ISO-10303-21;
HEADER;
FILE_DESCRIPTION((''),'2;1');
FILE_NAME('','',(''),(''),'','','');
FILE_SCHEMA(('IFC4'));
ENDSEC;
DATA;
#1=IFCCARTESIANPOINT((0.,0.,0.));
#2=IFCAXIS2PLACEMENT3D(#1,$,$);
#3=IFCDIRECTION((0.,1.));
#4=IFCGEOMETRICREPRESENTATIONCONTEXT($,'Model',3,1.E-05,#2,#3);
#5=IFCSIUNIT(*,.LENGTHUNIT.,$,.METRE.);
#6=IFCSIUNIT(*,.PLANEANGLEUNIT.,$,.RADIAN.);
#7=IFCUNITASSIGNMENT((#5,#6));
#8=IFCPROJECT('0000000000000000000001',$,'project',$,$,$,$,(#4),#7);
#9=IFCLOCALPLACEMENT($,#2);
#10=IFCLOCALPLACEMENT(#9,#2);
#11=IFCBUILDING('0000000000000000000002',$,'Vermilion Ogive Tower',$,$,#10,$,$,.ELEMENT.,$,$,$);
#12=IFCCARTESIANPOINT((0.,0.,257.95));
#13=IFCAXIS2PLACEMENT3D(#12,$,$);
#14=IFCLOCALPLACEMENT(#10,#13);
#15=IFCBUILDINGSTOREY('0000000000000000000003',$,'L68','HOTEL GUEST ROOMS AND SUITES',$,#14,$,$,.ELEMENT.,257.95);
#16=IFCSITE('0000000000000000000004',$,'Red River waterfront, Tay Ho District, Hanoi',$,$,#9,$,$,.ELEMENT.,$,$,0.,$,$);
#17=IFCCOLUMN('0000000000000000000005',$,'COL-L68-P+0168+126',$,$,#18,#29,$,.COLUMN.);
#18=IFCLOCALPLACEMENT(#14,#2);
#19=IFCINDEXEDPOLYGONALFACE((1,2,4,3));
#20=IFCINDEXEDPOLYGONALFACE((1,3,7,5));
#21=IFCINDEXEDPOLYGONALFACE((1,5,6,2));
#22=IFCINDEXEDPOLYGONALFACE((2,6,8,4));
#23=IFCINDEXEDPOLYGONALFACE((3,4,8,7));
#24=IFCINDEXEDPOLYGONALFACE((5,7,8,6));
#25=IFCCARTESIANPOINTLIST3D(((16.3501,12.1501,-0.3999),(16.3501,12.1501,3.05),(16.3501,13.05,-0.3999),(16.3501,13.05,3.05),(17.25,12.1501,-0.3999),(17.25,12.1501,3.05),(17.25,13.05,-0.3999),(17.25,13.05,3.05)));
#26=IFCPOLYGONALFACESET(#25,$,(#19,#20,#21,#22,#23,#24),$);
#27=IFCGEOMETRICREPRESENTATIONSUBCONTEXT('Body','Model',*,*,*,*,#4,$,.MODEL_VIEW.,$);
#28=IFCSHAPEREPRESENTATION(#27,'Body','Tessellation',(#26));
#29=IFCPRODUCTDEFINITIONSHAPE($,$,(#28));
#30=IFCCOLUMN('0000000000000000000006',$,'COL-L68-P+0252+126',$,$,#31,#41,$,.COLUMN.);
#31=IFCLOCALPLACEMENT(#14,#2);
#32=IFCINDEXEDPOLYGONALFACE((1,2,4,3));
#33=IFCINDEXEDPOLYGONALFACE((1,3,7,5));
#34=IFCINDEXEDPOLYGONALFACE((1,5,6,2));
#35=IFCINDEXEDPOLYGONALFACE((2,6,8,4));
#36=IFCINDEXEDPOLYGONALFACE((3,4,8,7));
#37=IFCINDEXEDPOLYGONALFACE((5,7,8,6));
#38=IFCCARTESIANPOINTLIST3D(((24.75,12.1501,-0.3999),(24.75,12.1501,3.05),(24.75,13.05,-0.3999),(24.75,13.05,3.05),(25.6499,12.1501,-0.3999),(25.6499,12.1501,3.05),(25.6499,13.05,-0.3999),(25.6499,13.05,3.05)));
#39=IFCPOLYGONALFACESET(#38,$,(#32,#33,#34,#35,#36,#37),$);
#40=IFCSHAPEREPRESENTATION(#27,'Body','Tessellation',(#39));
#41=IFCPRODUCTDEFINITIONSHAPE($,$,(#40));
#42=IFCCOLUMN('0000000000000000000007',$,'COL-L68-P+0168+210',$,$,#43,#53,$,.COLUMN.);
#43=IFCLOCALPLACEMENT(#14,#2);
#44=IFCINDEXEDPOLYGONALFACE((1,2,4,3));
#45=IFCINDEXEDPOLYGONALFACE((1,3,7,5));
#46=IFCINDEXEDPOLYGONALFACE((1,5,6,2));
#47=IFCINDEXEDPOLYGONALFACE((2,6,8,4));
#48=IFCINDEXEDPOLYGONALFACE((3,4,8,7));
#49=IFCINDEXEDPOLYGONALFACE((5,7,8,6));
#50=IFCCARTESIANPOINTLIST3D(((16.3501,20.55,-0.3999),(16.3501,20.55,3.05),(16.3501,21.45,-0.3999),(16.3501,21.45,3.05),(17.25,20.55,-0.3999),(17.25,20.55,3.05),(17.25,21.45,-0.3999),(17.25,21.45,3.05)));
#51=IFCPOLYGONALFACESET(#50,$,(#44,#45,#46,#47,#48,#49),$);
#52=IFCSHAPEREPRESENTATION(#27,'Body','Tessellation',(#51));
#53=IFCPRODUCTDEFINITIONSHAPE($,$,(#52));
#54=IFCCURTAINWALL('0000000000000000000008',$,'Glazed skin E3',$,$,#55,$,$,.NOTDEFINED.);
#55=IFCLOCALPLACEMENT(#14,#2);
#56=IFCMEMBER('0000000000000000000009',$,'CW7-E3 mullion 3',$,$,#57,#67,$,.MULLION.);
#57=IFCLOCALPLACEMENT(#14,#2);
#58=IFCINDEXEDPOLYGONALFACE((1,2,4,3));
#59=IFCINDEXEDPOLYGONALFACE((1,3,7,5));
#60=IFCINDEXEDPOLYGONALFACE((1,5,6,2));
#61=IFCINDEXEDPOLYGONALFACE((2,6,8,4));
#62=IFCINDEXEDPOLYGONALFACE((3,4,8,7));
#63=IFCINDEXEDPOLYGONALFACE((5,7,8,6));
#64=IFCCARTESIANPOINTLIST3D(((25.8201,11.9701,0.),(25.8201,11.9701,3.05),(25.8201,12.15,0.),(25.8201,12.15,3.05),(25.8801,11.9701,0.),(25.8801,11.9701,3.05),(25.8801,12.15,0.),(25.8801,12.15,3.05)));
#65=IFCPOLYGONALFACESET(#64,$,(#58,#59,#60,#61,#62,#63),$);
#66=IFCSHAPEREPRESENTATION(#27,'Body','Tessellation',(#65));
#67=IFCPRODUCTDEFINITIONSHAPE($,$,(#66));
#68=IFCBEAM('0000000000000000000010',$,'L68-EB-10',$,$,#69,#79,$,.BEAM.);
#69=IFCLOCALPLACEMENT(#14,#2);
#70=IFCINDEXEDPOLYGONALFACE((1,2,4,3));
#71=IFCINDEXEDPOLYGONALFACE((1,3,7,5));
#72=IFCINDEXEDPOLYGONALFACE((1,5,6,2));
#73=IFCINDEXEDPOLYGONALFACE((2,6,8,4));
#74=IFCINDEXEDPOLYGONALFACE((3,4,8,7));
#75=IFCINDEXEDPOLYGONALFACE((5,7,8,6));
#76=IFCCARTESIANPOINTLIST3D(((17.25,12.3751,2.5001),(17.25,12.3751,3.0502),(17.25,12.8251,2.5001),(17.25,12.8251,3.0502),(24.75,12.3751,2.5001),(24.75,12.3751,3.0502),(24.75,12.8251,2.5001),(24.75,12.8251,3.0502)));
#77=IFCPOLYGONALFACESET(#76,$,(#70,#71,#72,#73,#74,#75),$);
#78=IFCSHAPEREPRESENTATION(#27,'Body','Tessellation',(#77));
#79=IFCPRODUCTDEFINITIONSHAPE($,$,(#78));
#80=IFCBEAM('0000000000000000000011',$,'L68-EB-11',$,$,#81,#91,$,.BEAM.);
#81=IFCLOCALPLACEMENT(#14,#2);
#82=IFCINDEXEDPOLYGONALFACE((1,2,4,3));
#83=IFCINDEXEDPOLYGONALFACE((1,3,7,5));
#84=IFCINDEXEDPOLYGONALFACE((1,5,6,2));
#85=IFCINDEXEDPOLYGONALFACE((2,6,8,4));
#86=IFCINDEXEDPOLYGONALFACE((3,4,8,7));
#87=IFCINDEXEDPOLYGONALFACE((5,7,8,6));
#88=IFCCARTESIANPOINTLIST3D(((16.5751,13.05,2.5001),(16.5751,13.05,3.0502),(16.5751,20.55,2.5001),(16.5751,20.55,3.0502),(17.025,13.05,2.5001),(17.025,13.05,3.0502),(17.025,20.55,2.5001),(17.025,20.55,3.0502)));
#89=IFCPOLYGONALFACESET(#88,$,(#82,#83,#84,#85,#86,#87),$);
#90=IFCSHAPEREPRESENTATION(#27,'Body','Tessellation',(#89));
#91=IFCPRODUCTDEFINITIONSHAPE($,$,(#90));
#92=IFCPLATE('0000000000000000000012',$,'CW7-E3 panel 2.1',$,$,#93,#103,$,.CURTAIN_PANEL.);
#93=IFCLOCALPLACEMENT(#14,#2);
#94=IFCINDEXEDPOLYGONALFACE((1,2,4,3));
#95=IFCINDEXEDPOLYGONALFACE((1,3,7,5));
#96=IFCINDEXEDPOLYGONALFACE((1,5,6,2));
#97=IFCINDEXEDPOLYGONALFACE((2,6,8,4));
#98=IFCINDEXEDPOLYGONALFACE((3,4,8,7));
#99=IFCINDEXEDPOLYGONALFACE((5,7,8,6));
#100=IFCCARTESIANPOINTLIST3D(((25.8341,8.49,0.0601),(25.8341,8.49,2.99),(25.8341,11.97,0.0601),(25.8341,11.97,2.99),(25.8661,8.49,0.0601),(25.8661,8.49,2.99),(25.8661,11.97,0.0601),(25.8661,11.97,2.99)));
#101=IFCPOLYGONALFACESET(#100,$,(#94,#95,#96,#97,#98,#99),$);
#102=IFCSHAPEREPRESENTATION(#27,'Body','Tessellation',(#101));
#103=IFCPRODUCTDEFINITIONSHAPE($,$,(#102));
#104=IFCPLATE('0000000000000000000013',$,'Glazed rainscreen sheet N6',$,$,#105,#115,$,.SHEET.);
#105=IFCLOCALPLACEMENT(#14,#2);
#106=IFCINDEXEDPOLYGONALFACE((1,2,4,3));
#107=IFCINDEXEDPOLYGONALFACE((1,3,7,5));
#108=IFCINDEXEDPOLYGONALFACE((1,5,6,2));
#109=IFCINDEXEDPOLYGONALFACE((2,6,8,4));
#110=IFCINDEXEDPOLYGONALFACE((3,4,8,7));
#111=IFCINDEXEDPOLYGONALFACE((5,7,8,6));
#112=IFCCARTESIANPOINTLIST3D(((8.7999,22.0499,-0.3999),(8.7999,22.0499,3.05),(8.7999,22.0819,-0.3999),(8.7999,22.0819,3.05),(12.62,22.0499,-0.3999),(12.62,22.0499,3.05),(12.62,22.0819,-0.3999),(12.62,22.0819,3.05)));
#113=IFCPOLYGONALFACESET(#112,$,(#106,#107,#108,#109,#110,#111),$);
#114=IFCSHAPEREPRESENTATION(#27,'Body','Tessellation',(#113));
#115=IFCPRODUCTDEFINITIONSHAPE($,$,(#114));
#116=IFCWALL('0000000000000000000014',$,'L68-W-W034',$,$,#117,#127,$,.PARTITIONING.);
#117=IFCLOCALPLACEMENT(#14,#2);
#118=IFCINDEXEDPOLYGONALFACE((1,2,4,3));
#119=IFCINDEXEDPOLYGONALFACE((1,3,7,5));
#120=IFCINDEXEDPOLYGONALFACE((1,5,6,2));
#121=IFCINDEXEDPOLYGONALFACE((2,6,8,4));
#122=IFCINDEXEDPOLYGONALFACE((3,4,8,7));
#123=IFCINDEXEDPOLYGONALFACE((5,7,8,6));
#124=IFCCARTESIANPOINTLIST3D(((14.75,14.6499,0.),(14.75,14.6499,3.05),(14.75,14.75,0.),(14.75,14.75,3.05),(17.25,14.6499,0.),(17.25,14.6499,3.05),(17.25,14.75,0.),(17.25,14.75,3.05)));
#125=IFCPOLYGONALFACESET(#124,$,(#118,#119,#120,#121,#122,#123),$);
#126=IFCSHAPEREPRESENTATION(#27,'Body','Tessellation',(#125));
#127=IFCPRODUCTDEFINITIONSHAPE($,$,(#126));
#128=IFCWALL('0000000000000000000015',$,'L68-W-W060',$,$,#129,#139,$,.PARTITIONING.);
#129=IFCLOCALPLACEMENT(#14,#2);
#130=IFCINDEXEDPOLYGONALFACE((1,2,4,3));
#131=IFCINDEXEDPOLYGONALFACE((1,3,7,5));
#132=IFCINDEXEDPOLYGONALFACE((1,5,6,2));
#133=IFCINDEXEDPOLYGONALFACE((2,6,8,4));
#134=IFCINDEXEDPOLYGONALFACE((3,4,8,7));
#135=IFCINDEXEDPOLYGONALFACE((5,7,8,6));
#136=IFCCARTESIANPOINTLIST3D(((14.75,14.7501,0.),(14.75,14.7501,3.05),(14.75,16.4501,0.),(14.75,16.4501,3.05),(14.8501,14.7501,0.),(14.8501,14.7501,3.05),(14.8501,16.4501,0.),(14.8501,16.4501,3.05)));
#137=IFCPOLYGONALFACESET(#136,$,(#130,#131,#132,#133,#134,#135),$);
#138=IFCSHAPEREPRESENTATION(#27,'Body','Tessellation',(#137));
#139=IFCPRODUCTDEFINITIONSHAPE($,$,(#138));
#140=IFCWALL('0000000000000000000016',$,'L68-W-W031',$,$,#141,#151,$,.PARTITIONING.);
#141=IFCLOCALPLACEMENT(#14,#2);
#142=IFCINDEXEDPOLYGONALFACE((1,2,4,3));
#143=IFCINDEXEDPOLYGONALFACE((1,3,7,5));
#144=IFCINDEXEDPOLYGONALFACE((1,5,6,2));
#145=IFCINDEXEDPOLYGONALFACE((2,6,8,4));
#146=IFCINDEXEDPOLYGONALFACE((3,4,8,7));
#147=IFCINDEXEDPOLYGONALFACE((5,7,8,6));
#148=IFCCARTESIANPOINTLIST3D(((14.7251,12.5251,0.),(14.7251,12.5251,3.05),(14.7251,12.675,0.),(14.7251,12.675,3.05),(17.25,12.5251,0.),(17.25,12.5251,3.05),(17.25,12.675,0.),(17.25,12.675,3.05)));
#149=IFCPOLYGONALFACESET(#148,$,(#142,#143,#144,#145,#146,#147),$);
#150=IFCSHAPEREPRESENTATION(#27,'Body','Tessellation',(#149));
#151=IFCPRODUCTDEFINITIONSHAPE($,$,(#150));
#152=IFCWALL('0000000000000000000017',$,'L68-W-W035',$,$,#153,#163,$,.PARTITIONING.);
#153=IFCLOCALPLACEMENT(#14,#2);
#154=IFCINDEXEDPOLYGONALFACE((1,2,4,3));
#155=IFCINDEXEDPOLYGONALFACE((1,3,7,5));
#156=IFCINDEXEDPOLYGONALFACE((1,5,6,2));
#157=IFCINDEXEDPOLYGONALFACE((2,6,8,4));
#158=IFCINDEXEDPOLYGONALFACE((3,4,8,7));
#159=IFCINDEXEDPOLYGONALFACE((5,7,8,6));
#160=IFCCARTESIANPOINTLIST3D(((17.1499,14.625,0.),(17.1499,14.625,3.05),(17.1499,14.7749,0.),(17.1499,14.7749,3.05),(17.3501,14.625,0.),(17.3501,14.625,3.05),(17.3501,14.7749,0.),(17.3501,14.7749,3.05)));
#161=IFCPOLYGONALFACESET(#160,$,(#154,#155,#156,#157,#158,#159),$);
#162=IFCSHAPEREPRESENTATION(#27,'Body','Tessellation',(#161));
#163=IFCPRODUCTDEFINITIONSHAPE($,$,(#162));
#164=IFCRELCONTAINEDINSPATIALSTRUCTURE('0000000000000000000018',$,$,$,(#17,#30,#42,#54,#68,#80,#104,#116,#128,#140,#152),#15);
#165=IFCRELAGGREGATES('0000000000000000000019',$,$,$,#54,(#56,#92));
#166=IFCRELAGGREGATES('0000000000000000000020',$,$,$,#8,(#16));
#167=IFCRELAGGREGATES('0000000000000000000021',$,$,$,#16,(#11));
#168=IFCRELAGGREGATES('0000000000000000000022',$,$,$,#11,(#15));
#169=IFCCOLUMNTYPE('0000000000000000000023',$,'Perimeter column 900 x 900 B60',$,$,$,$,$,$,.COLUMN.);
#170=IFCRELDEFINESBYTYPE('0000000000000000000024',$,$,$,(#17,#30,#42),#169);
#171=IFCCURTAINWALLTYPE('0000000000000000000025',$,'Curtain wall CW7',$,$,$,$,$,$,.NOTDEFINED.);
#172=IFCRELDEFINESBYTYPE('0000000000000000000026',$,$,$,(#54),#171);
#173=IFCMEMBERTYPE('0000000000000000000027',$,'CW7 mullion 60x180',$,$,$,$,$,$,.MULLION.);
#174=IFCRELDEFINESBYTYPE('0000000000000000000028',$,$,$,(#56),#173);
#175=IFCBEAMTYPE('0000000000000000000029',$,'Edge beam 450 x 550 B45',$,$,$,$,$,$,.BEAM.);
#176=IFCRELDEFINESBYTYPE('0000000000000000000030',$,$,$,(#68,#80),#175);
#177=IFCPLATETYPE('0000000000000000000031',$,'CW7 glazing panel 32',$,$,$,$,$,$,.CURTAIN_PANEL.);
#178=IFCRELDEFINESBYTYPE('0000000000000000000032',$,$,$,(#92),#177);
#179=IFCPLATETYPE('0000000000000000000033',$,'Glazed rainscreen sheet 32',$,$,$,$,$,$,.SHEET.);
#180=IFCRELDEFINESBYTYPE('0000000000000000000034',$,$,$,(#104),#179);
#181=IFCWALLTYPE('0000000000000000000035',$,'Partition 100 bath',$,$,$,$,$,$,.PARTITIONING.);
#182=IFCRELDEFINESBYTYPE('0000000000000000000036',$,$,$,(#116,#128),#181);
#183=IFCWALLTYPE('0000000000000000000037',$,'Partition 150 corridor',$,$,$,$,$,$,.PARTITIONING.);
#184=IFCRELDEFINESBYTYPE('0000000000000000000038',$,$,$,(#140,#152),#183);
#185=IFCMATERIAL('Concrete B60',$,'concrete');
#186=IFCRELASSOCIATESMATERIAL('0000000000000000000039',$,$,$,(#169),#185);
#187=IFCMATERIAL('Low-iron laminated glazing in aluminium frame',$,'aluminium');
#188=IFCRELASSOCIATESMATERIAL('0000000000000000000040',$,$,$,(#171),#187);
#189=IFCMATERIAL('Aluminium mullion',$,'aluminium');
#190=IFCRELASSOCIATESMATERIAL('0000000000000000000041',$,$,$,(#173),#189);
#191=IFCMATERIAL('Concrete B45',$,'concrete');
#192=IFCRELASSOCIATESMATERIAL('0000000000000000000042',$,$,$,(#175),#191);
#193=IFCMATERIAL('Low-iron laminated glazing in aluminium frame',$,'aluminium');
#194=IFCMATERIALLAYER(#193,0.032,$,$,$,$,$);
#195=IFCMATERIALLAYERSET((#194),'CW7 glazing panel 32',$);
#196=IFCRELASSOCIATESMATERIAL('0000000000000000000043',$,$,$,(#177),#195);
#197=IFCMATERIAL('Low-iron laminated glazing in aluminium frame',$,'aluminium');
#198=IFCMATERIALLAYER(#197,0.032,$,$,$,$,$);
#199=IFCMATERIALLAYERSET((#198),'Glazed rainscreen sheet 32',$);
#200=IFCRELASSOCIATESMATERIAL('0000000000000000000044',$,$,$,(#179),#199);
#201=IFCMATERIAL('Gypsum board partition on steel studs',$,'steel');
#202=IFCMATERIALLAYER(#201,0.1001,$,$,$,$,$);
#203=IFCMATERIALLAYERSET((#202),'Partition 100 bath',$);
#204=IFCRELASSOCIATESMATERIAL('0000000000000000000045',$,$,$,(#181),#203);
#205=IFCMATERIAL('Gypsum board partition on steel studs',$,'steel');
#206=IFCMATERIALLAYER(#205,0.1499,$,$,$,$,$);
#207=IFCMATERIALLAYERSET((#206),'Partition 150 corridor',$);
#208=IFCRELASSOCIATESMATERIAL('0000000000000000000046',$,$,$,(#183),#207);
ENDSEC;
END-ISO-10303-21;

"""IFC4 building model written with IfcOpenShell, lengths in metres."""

from ifc_helpers import new_model, si_unit, direction, frame, frame_2d, origin, origin_2d, place, context, subcontext, project, spatial, rectangle, extrude, material, layer, layer_set, material_profile, profile_set, type_object, element, aggregate, save


model = new_model("IFC4")

# Units and contexts
model_context = context("Model", 3, precision=1e-05, world=origin(), true_north=direction((0.0, 1.0)))
body_context = subcontext(model_context, "Body", "Model", "MODEL_VIEW")
ifc_project = project(units=[si_unit("LENGTHUNIT", "METRE"), si_unit("PLANEANGLEUNIT", "RADIAN")], contexts=[model_context])

# Site, building, storey
site_placement = place(None, origin())
site = spatial("IfcSite", under=ifc_project, at=site_placement, Name="Red River waterfront, Tay Ho District, Hanoi", CompositionType="ELEMENT", RefElevation=0.0)
building_placement = place(site_placement, origin())
building = spatial("IfcBuilding", under=site, at=building_placement, Name="Vermilion Ogive Tower", CompositionType="ELEMENT")
storey_placement = place(building_placement, frame((0.0, 0.0, 257.95)))
storey = spatial("IfcBuildingStorey", under=building, at=storey_placement, Name="L68", Description="HOTEL GUEST ROOMS AND SUITES", CompositionType="ELEMENT", Elevation=257.95)

# Columns
ifc_material_1 = material(Name="Concrete B60", Category="concrete")
ifc_material_profile_1 = material_profile(ifc_material_1, rectangle(XDim=0.8999, YDim=0.8999, at=origin_2d()), Name="900 x 900")
ifc_profile_set_1 = profile_set([ifc_material_profile_1], Name="Concrete B60")
column_type = type_object("IfcColumnType", Name="Perimeter column 900 x 900 B60", PredefinedType="COLUMN", material=ifc_profile_set_1)
for number, where, z_axis, x_axis, name in (
    (1, (16.8, 12.6001, -0.3999), (0.0, 0.0, 1.0), (1.0, 0.0, 0.0), "COL-L68-P+0168+126"),
    (2, (25.2, 12.6001, -0.3999), (0.0, 0.0, 1.0), (1.0, 0.0, 0.0), "COL-L68-P+0252+126"),
    (3, (16.8, 21.0, -0.3999), (0.0, 0.0, 1.0), (1.0, 0.0, 0.0), "COL-L68-P+0168+210"),
):
    element("IfcColumn", number, at=place(storey_placement, frame(where, z_axis=z_axis, x_axis=x_axis)), inside=storey, type_object=column_type, Name=name, PredefinedType="COLUMN", context=body_context, shape_type="SweptSolid", body=[
        extrude(rectangle(XDim=0.8999, YDim=0.8999, at=origin_2d()), origin(), (0.0, 0.0, 1.0), 3.45),
    ])

# Curtain wall, member
ifc_material_2 = material(Name="Low-iron laminated glazing in aluminium frame", Category="aluminium")
curtain_wall_type = type_object("IfcCurtainWallType", Name="Curtain wall CW7", PredefinedType="NOTDEFINED", material=ifc_material_2)
curtain_wall_placement = place(storey_placement, origin())
curtain_wall = element("IfcCurtainWall", 4, at=curtain_wall_placement, inside=storey, type_object=curtain_wall_type, Name="Glazed skin E3", PredefinedType="NOTDEFINED")
ifc_material_3 = material(Name="Aluminium mullion", Category="aluminium")
ifc_material_profile_2 = material_profile(ifc_material_3, rectangle(XDim=0.0601, YDim=0.1799, at=origin_2d()), Name="AL 60x180")
ifc_profile_set_2 = profile_set([ifc_material_profile_2], Name="Aluminium mullion")
member_type = type_object("IfcMemberType", Name="CW7 mullion 60x180", PredefinedType="MULLION", material=ifc_profile_set_2)
member_placement = place(storey_placement, frame((25.8501, 12.0601, 0.0), z_axis=(0.0, 0.0, 1.0), x_axis=(-1.0, 0.0, 0.0)))
member = element("IfcMember", 5, at=member_placement, type_object=member_type, Name="CW7-E3 mullion 3", PredefinedType="MULLION", context=body_context, shape_type="SweptSolid", body=[
    extrude(rectangle(XDim=0.0601, YDim=0.1799, at=origin_2d()), origin(), (0.0, 0.0, 1.0), 3.05),
])

# Beams
ifc_material_4 = material(Name="Concrete B45", Category="concrete")
ifc_material_profile_3 = material_profile(ifc_material_4, rectangle(XDim=0.45, YDim=0.55, at=origin_2d()), Name="450 x 550")
ifc_profile_set_3 = profile_set([ifc_material_profile_3], Name="Concrete B45")
beam_type = type_object("IfcBeamType", Name="Edge beam 450 x 550 B45", PredefinedType="BEAM", material=ifc_profile_set_3)
for number, where, z_axis, x_axis, name in (
    (6, (24.75, 12.6001, 2.7751), (-1.0, 0.0, 0.0), (0.0, -1.0, 0.0), "L68-EB-10"),
    (7, (16.8, 13.05, 2.7751), (0.0, 1.0, 0.0), (-1.0, 0.0, 0.0), "L68-EB-11"),
):
    element("IfcBeam", number, at=place(storey_placement, frame(where, z_axis=z_axis, x_axis=x_axis)), inside=storey, type_object=beam_type, Name=name, PredefinedType="BEAM", context=body_context, shape_type="SweptSolid", body=[
        extrude(rectangle(XDim=0.45, YDim=0.55, at=origin_2d()), origin(), (0.0, 0.0, 1.0), 7.5),
    ])

# Plates
ifc_material_5 = material(Name="Low-iron laminated glazing in aluminium frame", Category="aluminium")
ifc_layer_1 = layer(ifc_material_5, 0.032)
ifc_layer_set_1 = layer_set([ifc_layer_1], Name="CW7 glazing panel 32")
plate_type_1 = type_object("IfcPlateType", Name="CW7 glazing panel 32", PredefinedType="CURTAIN_PANEL", material=ifc_layer_set_1)
plate_1_placement = place(storey_placement, frame((25.8501, 10.23, 0.0601), z_axis=(0.0, 0.0, 1.0), x_axis=(0.0, 1.0, 0.0)))
plate_1 = element("IfcPlate", 8, at=plate_1_placement, type_object=plate_type_1, Name="CW7-E3 panel 2.1", PredefinedType="CURTAIN_PANEL", context=body_context, shape_type="SweptSolid", body=[
    extrude(rectangle(XDim=3.48, YDim=0.032, at=origin_2d()), origin(), (0.0, 0.0, 1.0), 2.9299),
])
aggregate(curtain_wall, [member, plate_1])
ifc_material_6 = material(Name="Low-iron laminated glazing in aluminium frame", Category="aluminium")
ifc_layer_2 = layer(ifc_material_6, 0.032)
ifc_layer_set_2 = layer_set([ifc_layer_2], Name="Glazed rainscreen sheet 32")
plate_type_2 = type_object("IfcPlateType", Name="Glazed rainscreen sheet 32", PredefinedType="SHEET", material=ifc_layer_set_2)
plate_2_placement = place(storey_placement, frame((10.71, 22.0659, -0.3999), z_axis=(0.0, 0.0, 1.0), x_axis=(1.0, 0.0, 0.0)))
element("IfcPlate", 9, at=plate_2_placement, inside=storey, type_object=plate_type_2, Name="Glazed rainscreen sheet N6", PredefinedType="SHEET", context=body_context, shape_type="SweptSolid", body=[
    extrude(rectangle(XDim=3.8201, YDim=0.032, at=origin_2d()), origin(), (0.0, 0.0, 1.0), 3.45),
])

# Walls
ifc_material_7 = material(Name="Gypsum board partition on steel studs", Category="steel")
ifc_layer_3 = layer(ifc_material_7, 0.1001)
ifc_layer_set_3 = layer_set([ifc_layer_3], Name="Partition 100 bath")
wall_type_1 = type_object("IfcWallType", Name="Partition 100 bath", PredefinedType="PARTITIONING", material=ifc_layer_set_3)
wall_1_placement = place(storey_placement, frame((14.75, 14.7, 0.0), z_axis=(0.0, 0.0, 1.0), x_axis=(1.0, 0.0, 0.0)))
element("IfcWall", 10, at=wall_1_placement, inside=storey, type_object=wall_type_1, Name="L68-W-W034", PredefinedType="PARTITIONING", context=body_context, shape_type="SweptSolid", body=[
    extrude(rectangle(XDim=2.5, YDim=0.1001, at=frame_2d((1.25, 0.0))), origin(), (0.0, 0.0, 1.0), 3.05),
])
wall_2_placement = place(storey_placement, frame((14.8, 14.75, 0.0), z_axis=(0.0, 0.0, 1.0), x_axis=(0.0, 1.0, 0.0)))
element("IfcWall", 11, at=wall_2_placement, inside=storey, type_object=wall_type_1, Name="L68-W-W060", PredefinedType="PARTITIONING", context=body_context, shape_type="SweptSolid", body=[
    extrude(rectangle(XDim=1.7, YDim=0.1001, at=frame_2d((0.8501, 0.0))), origin(), (0.0, 0.0, 1.0), 3.05),
])
ifc_material_8 = material(Name="Gypsum board partition on steel studs", Category="steel")
ifc_layer_4 = layer(ifc_material_8, 0.1499)
ifc_layer_set_4 = layer_set([ifc_layer_4], Name="Partition 150 corridor")
wall_type_2 = type_object("IfcWallType", Name="Partition 150 corridor", PredefinedType="PARTITIONING", material=ifc_layer_set_4)
wall_3_placement = place(storey_placement, frame((14.7251, 12.6001, 0.0), z_axis=(0.0, 0.0, 1.0), x_axis=(1.0, 0.0, 0.0)))
element("IfcWall", 12, at=wall_3_placement, inside=storey, type_object=wall_type_2, Name="L68-W-W031", PredefinedType="PARTITIONING", context=body_context, shape_type="SweptSolid", body=[
    extrude(rectangle(XDim=2.5249, YDim=0.1499, at=frame_2d((1.2625, 0.0))), origin(), (0.0, 0.0, 1.0), 3.05),
])
wall_4_placement = place(storey_placement, frame((17.1499, 14.7, 0.0), z_axis=(0.0, 0.0, 1.0), x_axis=(1.0, 0.0, 0.0)))
element("IfcWall", 13, at=wall_4_placement, inside=storey, type_object=wall_type_2, Name="L68-W-W035", PredefinedType="PARTITIONING", context=body_context, shape_type="SweptSolid", body=[
    extrude(rectangle(XDim=0.2002, YDim=0.1499, at=frame_2d((0.1001, 0.0))), origin(), (0.0, 0.0, 1.0), 3.05),
])

save(model, "model.ifc")
